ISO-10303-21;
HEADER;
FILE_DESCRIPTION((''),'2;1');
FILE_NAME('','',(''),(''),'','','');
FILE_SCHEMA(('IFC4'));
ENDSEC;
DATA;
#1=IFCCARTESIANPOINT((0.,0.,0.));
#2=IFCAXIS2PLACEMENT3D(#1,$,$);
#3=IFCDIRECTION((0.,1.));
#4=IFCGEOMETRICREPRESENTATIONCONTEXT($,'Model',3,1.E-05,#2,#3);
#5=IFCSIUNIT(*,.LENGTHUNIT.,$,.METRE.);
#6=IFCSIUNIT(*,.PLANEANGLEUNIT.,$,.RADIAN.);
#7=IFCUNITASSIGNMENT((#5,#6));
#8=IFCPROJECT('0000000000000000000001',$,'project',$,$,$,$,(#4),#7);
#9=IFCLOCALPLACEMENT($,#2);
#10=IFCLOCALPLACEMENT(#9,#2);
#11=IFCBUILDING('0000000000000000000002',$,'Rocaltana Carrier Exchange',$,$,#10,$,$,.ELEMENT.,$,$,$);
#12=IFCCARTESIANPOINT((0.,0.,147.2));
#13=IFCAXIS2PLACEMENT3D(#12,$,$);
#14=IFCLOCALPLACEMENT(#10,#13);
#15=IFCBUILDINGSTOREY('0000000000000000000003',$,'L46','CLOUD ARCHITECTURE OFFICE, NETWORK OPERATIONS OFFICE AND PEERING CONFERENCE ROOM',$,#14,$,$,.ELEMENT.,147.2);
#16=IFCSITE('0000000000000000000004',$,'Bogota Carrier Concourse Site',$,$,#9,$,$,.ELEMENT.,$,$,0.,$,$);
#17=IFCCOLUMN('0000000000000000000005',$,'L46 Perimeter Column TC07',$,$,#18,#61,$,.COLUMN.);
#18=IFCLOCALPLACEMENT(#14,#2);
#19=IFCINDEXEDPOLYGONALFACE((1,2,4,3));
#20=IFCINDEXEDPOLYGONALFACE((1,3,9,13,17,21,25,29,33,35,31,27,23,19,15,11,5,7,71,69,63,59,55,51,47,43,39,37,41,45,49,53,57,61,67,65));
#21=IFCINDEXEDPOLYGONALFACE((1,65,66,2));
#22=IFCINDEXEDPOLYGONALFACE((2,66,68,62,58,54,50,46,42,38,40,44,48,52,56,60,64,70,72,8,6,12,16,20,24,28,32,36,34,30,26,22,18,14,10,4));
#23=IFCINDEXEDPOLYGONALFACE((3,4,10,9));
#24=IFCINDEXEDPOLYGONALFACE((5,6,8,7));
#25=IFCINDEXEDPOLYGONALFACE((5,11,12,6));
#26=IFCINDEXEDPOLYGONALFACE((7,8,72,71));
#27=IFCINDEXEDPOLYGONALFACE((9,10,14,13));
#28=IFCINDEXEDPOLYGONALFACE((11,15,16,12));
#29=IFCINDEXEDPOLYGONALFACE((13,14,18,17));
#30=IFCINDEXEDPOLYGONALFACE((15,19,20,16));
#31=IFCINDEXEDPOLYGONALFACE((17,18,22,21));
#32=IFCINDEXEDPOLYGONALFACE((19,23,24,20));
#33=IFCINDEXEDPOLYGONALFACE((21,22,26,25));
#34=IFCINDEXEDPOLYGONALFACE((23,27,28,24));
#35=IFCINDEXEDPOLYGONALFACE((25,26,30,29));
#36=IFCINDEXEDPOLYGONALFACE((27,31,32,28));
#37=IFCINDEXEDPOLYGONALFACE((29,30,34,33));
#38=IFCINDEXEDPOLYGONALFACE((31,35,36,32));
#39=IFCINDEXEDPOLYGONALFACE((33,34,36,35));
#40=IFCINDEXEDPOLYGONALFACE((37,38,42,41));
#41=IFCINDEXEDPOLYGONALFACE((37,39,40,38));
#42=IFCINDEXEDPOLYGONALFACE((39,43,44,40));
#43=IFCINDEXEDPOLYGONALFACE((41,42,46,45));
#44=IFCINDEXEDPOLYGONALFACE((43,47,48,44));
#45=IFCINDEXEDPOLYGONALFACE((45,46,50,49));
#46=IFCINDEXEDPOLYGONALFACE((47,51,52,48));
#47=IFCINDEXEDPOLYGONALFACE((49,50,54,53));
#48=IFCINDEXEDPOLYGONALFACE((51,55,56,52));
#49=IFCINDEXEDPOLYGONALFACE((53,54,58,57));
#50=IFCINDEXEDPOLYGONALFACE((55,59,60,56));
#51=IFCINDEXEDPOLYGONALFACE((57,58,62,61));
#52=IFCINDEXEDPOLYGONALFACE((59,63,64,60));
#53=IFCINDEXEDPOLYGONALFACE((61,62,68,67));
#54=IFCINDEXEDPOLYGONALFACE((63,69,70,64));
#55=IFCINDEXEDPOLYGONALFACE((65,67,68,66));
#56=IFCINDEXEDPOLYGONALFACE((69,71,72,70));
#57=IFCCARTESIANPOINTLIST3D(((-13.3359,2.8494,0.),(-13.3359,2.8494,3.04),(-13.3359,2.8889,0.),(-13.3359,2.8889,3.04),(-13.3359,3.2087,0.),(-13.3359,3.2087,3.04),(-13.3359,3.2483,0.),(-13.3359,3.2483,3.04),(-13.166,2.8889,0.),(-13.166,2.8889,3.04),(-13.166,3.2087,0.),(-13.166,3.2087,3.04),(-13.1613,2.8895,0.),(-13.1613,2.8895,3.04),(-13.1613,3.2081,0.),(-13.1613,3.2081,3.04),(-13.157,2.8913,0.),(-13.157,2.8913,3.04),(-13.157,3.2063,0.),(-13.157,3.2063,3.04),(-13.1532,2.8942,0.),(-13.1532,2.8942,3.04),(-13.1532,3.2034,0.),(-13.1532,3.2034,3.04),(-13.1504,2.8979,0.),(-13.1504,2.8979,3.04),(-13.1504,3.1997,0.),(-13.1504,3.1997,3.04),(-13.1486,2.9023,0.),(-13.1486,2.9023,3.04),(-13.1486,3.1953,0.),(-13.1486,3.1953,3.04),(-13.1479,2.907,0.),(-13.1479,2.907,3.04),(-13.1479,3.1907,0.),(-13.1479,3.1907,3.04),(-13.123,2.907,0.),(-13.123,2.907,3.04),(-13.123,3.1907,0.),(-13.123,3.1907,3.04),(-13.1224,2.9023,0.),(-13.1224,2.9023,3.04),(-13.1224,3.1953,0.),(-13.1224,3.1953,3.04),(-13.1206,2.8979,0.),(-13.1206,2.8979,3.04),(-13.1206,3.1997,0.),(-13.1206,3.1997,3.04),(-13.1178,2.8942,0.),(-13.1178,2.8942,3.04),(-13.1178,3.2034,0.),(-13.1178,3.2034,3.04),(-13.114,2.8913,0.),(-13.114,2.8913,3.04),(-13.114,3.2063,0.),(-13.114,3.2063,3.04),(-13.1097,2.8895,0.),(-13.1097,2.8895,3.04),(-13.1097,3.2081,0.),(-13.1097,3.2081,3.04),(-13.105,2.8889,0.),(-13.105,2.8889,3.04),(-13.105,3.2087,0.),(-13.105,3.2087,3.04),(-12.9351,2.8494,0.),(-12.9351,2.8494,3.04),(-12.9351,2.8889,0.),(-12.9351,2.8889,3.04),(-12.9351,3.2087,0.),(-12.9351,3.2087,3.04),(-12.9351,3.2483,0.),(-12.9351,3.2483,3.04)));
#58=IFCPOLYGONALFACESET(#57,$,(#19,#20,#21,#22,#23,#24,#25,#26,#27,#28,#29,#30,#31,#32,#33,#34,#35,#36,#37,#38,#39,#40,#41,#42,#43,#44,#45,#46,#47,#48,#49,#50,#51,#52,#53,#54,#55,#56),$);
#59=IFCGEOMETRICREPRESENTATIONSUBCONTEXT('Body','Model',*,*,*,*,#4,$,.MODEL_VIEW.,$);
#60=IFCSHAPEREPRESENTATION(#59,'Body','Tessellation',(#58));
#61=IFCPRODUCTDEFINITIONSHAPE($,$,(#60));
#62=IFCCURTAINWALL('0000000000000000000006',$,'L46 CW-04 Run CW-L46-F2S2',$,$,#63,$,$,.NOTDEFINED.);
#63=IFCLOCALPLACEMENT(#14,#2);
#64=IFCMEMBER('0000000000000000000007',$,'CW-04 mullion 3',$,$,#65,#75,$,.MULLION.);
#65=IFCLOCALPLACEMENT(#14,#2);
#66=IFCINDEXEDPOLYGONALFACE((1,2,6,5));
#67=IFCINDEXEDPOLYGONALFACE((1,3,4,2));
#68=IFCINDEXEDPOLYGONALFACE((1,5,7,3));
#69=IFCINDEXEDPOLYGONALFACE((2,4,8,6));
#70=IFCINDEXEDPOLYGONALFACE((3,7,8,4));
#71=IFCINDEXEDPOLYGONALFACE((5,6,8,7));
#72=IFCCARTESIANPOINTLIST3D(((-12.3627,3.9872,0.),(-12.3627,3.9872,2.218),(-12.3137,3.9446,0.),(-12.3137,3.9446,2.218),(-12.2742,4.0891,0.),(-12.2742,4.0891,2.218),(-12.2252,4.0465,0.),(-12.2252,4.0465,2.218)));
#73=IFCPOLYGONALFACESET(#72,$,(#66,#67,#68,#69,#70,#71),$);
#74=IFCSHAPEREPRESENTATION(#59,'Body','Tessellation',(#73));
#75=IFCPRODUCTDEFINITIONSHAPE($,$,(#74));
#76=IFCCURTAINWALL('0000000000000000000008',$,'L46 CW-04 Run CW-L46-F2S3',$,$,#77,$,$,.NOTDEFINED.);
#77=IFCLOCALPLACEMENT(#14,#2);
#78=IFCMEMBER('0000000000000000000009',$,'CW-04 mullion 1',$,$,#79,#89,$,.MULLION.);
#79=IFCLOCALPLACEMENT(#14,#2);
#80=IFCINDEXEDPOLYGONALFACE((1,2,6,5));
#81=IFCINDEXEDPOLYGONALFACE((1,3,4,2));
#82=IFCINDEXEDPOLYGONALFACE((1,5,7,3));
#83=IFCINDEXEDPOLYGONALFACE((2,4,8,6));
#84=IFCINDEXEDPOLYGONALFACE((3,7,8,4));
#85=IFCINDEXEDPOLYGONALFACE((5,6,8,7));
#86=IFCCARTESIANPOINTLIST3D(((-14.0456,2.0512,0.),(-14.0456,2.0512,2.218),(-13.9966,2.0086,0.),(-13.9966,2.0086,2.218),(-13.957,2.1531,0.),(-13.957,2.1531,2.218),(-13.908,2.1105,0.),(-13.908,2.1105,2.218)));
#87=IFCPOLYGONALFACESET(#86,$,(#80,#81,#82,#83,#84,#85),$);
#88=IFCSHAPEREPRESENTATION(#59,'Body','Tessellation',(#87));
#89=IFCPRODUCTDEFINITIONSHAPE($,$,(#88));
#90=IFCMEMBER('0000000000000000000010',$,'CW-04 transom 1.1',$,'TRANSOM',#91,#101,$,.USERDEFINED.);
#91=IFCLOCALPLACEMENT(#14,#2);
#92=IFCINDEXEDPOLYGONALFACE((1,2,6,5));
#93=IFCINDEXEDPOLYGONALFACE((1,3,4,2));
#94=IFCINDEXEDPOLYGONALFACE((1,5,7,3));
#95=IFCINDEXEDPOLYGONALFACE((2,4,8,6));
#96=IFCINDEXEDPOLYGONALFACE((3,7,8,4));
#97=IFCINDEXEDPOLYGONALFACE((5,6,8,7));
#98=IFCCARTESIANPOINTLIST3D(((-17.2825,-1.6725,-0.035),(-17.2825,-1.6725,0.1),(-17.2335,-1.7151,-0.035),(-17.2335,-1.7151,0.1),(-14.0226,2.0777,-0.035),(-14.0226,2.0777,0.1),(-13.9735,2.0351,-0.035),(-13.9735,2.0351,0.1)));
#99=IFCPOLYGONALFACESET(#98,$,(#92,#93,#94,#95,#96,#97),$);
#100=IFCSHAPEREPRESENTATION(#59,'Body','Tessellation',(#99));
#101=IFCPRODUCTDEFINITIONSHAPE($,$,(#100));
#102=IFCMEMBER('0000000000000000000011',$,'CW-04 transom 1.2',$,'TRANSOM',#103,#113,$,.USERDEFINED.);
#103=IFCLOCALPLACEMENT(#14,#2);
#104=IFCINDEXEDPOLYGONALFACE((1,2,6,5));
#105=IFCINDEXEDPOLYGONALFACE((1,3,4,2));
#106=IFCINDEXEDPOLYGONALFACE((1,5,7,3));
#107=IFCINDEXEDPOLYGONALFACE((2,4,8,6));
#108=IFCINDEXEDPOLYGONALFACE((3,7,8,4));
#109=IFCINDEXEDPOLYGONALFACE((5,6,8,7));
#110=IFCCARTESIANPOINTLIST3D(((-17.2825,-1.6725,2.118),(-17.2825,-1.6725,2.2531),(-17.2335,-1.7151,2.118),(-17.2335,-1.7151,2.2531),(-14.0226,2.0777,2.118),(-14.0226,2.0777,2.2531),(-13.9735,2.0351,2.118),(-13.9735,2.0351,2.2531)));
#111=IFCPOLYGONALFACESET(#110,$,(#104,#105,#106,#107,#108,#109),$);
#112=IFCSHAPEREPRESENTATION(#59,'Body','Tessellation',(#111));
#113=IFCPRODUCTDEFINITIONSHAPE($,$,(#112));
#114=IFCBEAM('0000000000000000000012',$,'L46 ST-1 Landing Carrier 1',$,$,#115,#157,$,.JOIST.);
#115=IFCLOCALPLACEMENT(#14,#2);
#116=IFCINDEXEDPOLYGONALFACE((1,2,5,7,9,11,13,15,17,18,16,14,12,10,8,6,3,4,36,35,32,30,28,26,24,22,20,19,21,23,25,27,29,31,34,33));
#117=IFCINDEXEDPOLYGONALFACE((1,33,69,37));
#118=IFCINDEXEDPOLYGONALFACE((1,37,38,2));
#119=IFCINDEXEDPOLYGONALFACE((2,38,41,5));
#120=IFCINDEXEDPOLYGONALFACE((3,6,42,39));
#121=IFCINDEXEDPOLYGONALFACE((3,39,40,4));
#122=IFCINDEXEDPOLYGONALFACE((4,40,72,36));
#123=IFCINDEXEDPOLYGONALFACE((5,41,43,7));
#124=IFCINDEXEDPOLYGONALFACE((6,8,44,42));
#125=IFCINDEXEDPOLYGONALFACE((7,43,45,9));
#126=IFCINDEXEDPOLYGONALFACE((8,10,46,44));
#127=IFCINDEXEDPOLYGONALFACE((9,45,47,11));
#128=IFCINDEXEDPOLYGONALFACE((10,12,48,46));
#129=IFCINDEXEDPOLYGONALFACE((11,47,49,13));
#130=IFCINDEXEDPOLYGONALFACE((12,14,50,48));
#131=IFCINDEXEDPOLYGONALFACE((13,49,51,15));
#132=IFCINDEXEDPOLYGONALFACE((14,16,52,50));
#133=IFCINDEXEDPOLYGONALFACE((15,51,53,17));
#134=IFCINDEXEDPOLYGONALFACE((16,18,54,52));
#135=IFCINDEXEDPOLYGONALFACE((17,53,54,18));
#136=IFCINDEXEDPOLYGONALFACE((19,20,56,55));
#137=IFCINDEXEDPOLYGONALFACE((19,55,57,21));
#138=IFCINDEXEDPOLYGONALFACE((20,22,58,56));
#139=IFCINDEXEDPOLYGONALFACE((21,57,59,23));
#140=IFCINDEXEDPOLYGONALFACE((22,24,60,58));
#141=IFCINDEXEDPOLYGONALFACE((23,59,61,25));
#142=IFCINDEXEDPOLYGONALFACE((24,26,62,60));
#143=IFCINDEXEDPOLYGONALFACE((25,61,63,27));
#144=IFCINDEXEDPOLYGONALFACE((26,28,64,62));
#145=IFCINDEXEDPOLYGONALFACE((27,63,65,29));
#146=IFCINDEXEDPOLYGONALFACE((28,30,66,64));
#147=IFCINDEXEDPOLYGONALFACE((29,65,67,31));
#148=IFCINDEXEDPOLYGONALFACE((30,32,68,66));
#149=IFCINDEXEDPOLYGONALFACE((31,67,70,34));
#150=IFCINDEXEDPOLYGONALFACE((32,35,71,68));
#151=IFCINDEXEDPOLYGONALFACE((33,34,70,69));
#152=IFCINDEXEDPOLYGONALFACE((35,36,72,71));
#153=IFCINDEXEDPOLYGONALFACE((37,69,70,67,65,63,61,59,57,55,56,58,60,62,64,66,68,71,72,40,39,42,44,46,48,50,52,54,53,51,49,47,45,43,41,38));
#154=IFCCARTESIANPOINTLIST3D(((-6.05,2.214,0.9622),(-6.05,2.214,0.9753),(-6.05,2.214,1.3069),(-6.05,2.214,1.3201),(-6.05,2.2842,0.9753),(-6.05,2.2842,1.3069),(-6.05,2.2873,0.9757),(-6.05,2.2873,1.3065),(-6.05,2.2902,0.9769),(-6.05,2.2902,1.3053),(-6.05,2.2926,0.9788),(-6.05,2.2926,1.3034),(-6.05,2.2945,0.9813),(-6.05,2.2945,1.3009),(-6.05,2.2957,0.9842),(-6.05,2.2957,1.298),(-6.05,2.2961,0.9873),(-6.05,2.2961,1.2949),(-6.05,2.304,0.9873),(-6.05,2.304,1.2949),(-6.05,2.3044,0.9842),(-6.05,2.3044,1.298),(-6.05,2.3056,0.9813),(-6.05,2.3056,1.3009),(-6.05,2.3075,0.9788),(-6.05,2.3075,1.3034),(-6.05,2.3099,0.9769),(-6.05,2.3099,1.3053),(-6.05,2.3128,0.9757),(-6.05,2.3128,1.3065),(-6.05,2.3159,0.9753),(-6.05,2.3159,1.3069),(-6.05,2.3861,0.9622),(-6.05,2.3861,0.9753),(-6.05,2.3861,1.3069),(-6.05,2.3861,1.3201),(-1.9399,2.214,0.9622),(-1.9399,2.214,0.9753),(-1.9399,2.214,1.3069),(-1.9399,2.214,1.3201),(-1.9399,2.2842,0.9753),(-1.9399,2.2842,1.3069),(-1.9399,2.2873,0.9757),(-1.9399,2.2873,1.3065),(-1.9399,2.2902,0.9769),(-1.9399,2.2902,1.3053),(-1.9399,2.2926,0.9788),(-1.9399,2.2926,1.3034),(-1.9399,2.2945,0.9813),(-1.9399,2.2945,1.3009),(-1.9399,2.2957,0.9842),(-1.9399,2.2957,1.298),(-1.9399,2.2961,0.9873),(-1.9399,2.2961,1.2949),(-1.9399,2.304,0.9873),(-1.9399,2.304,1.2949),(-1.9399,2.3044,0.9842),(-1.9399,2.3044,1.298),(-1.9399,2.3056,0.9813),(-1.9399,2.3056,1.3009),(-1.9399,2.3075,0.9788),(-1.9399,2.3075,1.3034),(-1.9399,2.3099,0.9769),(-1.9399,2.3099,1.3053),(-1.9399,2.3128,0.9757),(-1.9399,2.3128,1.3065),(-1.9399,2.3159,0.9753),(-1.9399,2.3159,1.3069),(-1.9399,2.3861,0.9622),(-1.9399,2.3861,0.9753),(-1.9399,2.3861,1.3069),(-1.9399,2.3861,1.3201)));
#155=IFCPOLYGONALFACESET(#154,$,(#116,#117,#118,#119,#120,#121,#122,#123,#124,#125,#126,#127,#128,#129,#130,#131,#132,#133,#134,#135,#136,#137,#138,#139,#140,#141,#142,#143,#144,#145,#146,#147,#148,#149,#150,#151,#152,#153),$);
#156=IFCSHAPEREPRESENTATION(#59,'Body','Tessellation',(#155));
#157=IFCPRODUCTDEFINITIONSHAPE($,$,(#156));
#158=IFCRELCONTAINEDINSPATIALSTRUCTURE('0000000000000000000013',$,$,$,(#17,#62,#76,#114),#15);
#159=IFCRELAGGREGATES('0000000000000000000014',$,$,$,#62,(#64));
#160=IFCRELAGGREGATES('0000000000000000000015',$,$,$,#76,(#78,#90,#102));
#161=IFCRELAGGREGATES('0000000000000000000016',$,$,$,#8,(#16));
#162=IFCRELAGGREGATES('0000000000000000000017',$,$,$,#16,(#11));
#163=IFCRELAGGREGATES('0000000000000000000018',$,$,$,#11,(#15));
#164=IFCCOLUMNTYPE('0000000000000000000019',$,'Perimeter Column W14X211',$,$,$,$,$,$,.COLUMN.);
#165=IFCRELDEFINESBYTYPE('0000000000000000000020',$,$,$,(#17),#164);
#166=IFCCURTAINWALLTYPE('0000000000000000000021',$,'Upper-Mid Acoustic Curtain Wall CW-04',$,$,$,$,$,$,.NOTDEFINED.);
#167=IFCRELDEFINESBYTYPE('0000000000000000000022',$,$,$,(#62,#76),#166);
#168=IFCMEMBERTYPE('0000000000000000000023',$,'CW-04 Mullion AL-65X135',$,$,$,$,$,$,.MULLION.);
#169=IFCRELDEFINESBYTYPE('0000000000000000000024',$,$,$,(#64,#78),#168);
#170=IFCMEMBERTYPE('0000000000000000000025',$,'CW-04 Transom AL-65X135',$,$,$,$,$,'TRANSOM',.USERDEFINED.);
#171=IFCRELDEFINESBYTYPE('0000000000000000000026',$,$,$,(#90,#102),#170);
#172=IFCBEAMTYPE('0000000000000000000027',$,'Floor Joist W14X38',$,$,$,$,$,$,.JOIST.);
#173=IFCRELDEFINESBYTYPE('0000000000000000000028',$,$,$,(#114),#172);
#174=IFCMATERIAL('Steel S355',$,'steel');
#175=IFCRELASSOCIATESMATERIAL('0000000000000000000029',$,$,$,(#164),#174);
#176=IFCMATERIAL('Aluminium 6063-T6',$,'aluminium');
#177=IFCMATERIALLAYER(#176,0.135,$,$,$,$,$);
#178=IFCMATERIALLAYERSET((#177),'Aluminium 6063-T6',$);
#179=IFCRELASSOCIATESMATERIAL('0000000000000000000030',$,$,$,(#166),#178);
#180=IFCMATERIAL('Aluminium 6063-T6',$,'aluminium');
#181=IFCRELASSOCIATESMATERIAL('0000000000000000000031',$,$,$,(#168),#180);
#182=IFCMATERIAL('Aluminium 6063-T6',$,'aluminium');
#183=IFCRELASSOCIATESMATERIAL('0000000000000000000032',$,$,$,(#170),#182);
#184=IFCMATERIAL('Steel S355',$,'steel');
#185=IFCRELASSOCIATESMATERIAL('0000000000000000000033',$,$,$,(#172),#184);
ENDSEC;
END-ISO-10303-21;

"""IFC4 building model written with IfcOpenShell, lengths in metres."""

from ifc_helpers import new_model, si_unit, direction, frame, origin, origin_2d, place, context, subcontext, project, spatial, rectangle, i_section, extrude, material, layer, layer_set, material_profile, profile_set, type_object, element, aggregate, save


model = new_model("IFC4")

# Units and contexts
model_context = context("Model", 3, precision=1e-05, world=origin(), true_north=direction((0.0, 1.0)))
body_context = subcontext(model_context, "Body", "Model", "MODEL_VIEW")
ifc_project = project(units=[si_unit("LENGTHUNIT", "METRE"), si_unit("PLANEANGLEUNIT", "RADIAN")], contexts=[model_context])

# Site, building, storey
site_placement = place(None, origin())
site = spatial("IfcSite", under=ifc_project, at=site_placement, Name="Bogota Carrier Concourse Site", CompositionType="ELEMENT", RefElevation=0.0)
building_placement = place(site_placement, origin())
building = spatial("IfcBuilding", under=site, at=building_placement, Name="Rocaltana Carrier Exchange", CompositionType="ELEMENT")
storey_placement = place(building_placement, frame((0.0, 0.0, 147.2)))
storey = spatial("IfcBuildingStorey", under=building, at=storey_placement, Name="L46", Description="CLOUD ARCHITECTURE OFFICE, NETWORK OPERATIONS OFFICE AND PEERING CONFERENCE ROOM", CompositionType="ELEMENT", Elevation=147.2)

# Column
ifc_material_1 = material(Name="Steel S355", Category="steel")
ifc_material_profile_1 = material_profile(ifc_material_1, i_section(OverallWidth=0.4009, OverallDepth=0.3989, WebThickness=0.0249, FlangeThickness=0.0396, FilletRadius=0.0181, at=origin_2d()), Name="W14X211")
ifc_profile_set_1 = profile_set([ifc_material_profile_1], Name="Steel S355")
column_type = type_object("IfcColumnType", Name="Perimeter Column W14X211", PredefinedType="COLUMN", material=ifc_profile_set_1)
column_placement = place(storey_placement, frame((-13.1355, 3.0488, 0.0), z_axis=(0.0, 0.0, 1.0), x_axis=(1.0, 0.0, 0.0)))
element("IfcColumn", 1, at=column_placement, inside=storey, type_object=column_type, Name="L46 Perimeter Column TC07", PredefinedType="COLUMN", context=body_context, shape_type="SweptSolid", body=[
    extrude(i_section(OverallWidth=0.4009, OverallDepth=0.3989, WebThickness=0.0249, FlangeThickness=0.0396, FilletRadius=0.0181, at=origin_2d()), origin(), (0.0, 0.0, 1.0), 3.04),
])

# Curtain wall, member
ifc_material_2 = material(Name="Aluminium 6063-T6", Category="aluminium")
ifc_layer_1 = layer(ifc_material_2, 0.135)
ifc_layer_set_1 = layer_set([ifc_layer_1], Name="Aluminium 6063-T6")
curtain_wall_type = type_object("IfcCurtainWallType", Name="Upper-Mid Acoustic Curtain Wall CW-04", PredefinedType="NOTDEFINED", material=ifc_layer_set_1)
curtain_wall_1_placement = place(storey_placement, origin())
curtain_wall_1 = element("IfcCurtainWall", 2, at=curtain_wall_1_placement, inside=storey, type_object=curtain_wall_type, Name="L46 CW-04 Run CW-L46-F2S2", PredefinedType="NOTDEFINED")
ifc_material_3 = material(Name="Aluminium 6063-T6", Category="aluminium")
ifc_material_profile_2 = material_profile(ifc_material_3, rectangle(XDim=0.0649, YDim=0.135, at=origin_2d()), Name="AL-65X135")
ifc_profile_set_2 = profile_set([ifc_material_profile_2], Name="Aluminium 6063-T6")
member_type_1 = type_object("IfcMemberType", Name="CW-04 Mullion AL-65X135", PredefinedType="MULLION", material=ifc_profile_set_2)
member_1_placement = place(storey_placement, frame((-12.2939, 4.0168, 0.0), z_axis=(0.0, 0.0, 1.0), x_axis=(0.754712, -0.656057, 0.0)))
member_1 = element("IfcMember", 3, at=member_1_placement, type_object=member_type_1, Name="CW-04 mullion 3", PredefinedType="MULLION", context=body_context, shape_type="SweptSolid", body=[
    extrude(rectangle(XDim=0.0649, YDim=0.135, at=origin_2d()), origin(), (0.0, 0.0, 1.0), 2.218),
])
aggregate(curtain_wall_1, [member_1])

# Curtain wall, members
curtain_wall_2_placement = place(storey_placement, origin())
curtain_wall_2 = element("IfcCurtainWall", 4, at=curtain_wall_2_placement, inside=storey, type_object=curtain_wall_type, Name="L46 CW-04 Run CW-L46-F2S3", PredefinedType="NOTDEFINED")
member_2_placement = place(storey_placement, frame((-13.9768, 2.0808, 0.0), z_axis=(0.0, 0.0, 1.0), x_axis=(0.754712, -0.656057, 0.0)))
member_2 = element("IfcMember", 5, at=member_2_placement, type_object=member_type_1, Name="CW-04 mullion 1", PredefinedType="MULLION", context=body_context, shape_type="SweptSolid", body=[
    extrude(rectangle(XDim=0.0649, YDim=0.135, at=origin_2d()), origin(), (0.0, 0.0, 1.0), 2.218),
])
ifc_material_4 = material(Name="Aluminium 6063-T6", Category="aluminium")
ifc_material_profile_3 = material_profile(ifc_material_4, rectangle(XDim=0.0649, YDim=0.135, at=origin_2d()), Name="AL-65X135")
ifc_profile_set_3 = profile_set([ifc_material_profile_3], Name="Aluminium 6063-T6")
member_type_2 = type_object("IfcMemberType", Name="CW-04 Transom AL-65X135", ElementType="TRANSOM", PredefinedType="USERDEFINED", material=ifc_profile_set_3)
member_3_placement = place(storey_placement, frame((-13.998, 2.0564, 0.0325), z_axis=(-0.656056, -0.754712, 0.0), x_axis=(0.754712, -0.656056, 0.0)))
member_3 = element("IfcMember", 6, at=member_3_placement, type_object=member_type_2, Name="CW-04 transom 1.1", ObjectType="TRANSOM", PredefinedType="USERDEFINED", context=body_context, shape_type="SweptSolid", body=[
    extrude(rectangle(XDim=0.0649, YDim=0.135, at=origin_2d()), origin(), (0.0, 0.0, 1.0), 4.969),
])
member_4_placement = place(storey_placement, frame((-13.998, 2.0564, 2.1855), z_axis=(-0.656056, -0.754712, 0.0), x_axis=(0.754712, -0.656056, 0.0)))
member_4 = element("IfcMember", 7, at=member_4_placement, type_object=member_type_2, Name="CW-04 transom 1.2", ObjectType="TRANSOM", PredefinedType="USERDEFINED", context=body_context, shape_type="SweptSolid", body=[
    extrude(rectangle(XDim=0.0649, YDim=0.135, at=origin_2d()), origin(), (0.0, 0.0, 1.0), 4.969),
])

# Beam
ifc_material_5 = material(Name="Steel S355", Category="steel")
ifc_material_profile_4 = material_profile(ifc_material_5, i_section(OverallWidth=0.1721, OverallDepth=0.3579, WebThickness=0.0078, FlangeThickness=0.0132, FilletRadius=0.012, at=origin_2d()), Name="W14X38")
ifc_profile_set_4 = profile_set([ifc_material_profile_4], Name="Steel S355")
beam_type_1 = type_object("IfcBeamType", Name="Floor Joist W14X38", PredefinedType="JOIST", material=ifc_profile_set_4)
for number, where, z_axis, x_axis, name in (
    (8, (-6.05, 2.3, 1.1411), (1.0, 0.0, 0.0), (0.0, 1.0, 0.0), "L46 ST-1 Landing Carrier 1"),
):
    element("IfcBeam", number, at=place(storey_placement, frame(where, z_axis=z_axis, x_axis=x_axis)), inside=storey, type_object=beam_type_1, Name=name, PredefinedType="JOIST", context=body_context, shape_type="SweptSolid", body=[
        extrude(i_section(OverallWidth=0.1721, OverallDepth=0.3579, WebThickness=0.0078, FlangeThickness=0.0132, FilletRadius=0.012, at=origin_2d()), origin(), (0.0, 0.0, 1.0), 4.1101),
    ])

aggregate(curtain_wall_2, [member_2, member_3, member_4])

save(model, "model.ifc")
